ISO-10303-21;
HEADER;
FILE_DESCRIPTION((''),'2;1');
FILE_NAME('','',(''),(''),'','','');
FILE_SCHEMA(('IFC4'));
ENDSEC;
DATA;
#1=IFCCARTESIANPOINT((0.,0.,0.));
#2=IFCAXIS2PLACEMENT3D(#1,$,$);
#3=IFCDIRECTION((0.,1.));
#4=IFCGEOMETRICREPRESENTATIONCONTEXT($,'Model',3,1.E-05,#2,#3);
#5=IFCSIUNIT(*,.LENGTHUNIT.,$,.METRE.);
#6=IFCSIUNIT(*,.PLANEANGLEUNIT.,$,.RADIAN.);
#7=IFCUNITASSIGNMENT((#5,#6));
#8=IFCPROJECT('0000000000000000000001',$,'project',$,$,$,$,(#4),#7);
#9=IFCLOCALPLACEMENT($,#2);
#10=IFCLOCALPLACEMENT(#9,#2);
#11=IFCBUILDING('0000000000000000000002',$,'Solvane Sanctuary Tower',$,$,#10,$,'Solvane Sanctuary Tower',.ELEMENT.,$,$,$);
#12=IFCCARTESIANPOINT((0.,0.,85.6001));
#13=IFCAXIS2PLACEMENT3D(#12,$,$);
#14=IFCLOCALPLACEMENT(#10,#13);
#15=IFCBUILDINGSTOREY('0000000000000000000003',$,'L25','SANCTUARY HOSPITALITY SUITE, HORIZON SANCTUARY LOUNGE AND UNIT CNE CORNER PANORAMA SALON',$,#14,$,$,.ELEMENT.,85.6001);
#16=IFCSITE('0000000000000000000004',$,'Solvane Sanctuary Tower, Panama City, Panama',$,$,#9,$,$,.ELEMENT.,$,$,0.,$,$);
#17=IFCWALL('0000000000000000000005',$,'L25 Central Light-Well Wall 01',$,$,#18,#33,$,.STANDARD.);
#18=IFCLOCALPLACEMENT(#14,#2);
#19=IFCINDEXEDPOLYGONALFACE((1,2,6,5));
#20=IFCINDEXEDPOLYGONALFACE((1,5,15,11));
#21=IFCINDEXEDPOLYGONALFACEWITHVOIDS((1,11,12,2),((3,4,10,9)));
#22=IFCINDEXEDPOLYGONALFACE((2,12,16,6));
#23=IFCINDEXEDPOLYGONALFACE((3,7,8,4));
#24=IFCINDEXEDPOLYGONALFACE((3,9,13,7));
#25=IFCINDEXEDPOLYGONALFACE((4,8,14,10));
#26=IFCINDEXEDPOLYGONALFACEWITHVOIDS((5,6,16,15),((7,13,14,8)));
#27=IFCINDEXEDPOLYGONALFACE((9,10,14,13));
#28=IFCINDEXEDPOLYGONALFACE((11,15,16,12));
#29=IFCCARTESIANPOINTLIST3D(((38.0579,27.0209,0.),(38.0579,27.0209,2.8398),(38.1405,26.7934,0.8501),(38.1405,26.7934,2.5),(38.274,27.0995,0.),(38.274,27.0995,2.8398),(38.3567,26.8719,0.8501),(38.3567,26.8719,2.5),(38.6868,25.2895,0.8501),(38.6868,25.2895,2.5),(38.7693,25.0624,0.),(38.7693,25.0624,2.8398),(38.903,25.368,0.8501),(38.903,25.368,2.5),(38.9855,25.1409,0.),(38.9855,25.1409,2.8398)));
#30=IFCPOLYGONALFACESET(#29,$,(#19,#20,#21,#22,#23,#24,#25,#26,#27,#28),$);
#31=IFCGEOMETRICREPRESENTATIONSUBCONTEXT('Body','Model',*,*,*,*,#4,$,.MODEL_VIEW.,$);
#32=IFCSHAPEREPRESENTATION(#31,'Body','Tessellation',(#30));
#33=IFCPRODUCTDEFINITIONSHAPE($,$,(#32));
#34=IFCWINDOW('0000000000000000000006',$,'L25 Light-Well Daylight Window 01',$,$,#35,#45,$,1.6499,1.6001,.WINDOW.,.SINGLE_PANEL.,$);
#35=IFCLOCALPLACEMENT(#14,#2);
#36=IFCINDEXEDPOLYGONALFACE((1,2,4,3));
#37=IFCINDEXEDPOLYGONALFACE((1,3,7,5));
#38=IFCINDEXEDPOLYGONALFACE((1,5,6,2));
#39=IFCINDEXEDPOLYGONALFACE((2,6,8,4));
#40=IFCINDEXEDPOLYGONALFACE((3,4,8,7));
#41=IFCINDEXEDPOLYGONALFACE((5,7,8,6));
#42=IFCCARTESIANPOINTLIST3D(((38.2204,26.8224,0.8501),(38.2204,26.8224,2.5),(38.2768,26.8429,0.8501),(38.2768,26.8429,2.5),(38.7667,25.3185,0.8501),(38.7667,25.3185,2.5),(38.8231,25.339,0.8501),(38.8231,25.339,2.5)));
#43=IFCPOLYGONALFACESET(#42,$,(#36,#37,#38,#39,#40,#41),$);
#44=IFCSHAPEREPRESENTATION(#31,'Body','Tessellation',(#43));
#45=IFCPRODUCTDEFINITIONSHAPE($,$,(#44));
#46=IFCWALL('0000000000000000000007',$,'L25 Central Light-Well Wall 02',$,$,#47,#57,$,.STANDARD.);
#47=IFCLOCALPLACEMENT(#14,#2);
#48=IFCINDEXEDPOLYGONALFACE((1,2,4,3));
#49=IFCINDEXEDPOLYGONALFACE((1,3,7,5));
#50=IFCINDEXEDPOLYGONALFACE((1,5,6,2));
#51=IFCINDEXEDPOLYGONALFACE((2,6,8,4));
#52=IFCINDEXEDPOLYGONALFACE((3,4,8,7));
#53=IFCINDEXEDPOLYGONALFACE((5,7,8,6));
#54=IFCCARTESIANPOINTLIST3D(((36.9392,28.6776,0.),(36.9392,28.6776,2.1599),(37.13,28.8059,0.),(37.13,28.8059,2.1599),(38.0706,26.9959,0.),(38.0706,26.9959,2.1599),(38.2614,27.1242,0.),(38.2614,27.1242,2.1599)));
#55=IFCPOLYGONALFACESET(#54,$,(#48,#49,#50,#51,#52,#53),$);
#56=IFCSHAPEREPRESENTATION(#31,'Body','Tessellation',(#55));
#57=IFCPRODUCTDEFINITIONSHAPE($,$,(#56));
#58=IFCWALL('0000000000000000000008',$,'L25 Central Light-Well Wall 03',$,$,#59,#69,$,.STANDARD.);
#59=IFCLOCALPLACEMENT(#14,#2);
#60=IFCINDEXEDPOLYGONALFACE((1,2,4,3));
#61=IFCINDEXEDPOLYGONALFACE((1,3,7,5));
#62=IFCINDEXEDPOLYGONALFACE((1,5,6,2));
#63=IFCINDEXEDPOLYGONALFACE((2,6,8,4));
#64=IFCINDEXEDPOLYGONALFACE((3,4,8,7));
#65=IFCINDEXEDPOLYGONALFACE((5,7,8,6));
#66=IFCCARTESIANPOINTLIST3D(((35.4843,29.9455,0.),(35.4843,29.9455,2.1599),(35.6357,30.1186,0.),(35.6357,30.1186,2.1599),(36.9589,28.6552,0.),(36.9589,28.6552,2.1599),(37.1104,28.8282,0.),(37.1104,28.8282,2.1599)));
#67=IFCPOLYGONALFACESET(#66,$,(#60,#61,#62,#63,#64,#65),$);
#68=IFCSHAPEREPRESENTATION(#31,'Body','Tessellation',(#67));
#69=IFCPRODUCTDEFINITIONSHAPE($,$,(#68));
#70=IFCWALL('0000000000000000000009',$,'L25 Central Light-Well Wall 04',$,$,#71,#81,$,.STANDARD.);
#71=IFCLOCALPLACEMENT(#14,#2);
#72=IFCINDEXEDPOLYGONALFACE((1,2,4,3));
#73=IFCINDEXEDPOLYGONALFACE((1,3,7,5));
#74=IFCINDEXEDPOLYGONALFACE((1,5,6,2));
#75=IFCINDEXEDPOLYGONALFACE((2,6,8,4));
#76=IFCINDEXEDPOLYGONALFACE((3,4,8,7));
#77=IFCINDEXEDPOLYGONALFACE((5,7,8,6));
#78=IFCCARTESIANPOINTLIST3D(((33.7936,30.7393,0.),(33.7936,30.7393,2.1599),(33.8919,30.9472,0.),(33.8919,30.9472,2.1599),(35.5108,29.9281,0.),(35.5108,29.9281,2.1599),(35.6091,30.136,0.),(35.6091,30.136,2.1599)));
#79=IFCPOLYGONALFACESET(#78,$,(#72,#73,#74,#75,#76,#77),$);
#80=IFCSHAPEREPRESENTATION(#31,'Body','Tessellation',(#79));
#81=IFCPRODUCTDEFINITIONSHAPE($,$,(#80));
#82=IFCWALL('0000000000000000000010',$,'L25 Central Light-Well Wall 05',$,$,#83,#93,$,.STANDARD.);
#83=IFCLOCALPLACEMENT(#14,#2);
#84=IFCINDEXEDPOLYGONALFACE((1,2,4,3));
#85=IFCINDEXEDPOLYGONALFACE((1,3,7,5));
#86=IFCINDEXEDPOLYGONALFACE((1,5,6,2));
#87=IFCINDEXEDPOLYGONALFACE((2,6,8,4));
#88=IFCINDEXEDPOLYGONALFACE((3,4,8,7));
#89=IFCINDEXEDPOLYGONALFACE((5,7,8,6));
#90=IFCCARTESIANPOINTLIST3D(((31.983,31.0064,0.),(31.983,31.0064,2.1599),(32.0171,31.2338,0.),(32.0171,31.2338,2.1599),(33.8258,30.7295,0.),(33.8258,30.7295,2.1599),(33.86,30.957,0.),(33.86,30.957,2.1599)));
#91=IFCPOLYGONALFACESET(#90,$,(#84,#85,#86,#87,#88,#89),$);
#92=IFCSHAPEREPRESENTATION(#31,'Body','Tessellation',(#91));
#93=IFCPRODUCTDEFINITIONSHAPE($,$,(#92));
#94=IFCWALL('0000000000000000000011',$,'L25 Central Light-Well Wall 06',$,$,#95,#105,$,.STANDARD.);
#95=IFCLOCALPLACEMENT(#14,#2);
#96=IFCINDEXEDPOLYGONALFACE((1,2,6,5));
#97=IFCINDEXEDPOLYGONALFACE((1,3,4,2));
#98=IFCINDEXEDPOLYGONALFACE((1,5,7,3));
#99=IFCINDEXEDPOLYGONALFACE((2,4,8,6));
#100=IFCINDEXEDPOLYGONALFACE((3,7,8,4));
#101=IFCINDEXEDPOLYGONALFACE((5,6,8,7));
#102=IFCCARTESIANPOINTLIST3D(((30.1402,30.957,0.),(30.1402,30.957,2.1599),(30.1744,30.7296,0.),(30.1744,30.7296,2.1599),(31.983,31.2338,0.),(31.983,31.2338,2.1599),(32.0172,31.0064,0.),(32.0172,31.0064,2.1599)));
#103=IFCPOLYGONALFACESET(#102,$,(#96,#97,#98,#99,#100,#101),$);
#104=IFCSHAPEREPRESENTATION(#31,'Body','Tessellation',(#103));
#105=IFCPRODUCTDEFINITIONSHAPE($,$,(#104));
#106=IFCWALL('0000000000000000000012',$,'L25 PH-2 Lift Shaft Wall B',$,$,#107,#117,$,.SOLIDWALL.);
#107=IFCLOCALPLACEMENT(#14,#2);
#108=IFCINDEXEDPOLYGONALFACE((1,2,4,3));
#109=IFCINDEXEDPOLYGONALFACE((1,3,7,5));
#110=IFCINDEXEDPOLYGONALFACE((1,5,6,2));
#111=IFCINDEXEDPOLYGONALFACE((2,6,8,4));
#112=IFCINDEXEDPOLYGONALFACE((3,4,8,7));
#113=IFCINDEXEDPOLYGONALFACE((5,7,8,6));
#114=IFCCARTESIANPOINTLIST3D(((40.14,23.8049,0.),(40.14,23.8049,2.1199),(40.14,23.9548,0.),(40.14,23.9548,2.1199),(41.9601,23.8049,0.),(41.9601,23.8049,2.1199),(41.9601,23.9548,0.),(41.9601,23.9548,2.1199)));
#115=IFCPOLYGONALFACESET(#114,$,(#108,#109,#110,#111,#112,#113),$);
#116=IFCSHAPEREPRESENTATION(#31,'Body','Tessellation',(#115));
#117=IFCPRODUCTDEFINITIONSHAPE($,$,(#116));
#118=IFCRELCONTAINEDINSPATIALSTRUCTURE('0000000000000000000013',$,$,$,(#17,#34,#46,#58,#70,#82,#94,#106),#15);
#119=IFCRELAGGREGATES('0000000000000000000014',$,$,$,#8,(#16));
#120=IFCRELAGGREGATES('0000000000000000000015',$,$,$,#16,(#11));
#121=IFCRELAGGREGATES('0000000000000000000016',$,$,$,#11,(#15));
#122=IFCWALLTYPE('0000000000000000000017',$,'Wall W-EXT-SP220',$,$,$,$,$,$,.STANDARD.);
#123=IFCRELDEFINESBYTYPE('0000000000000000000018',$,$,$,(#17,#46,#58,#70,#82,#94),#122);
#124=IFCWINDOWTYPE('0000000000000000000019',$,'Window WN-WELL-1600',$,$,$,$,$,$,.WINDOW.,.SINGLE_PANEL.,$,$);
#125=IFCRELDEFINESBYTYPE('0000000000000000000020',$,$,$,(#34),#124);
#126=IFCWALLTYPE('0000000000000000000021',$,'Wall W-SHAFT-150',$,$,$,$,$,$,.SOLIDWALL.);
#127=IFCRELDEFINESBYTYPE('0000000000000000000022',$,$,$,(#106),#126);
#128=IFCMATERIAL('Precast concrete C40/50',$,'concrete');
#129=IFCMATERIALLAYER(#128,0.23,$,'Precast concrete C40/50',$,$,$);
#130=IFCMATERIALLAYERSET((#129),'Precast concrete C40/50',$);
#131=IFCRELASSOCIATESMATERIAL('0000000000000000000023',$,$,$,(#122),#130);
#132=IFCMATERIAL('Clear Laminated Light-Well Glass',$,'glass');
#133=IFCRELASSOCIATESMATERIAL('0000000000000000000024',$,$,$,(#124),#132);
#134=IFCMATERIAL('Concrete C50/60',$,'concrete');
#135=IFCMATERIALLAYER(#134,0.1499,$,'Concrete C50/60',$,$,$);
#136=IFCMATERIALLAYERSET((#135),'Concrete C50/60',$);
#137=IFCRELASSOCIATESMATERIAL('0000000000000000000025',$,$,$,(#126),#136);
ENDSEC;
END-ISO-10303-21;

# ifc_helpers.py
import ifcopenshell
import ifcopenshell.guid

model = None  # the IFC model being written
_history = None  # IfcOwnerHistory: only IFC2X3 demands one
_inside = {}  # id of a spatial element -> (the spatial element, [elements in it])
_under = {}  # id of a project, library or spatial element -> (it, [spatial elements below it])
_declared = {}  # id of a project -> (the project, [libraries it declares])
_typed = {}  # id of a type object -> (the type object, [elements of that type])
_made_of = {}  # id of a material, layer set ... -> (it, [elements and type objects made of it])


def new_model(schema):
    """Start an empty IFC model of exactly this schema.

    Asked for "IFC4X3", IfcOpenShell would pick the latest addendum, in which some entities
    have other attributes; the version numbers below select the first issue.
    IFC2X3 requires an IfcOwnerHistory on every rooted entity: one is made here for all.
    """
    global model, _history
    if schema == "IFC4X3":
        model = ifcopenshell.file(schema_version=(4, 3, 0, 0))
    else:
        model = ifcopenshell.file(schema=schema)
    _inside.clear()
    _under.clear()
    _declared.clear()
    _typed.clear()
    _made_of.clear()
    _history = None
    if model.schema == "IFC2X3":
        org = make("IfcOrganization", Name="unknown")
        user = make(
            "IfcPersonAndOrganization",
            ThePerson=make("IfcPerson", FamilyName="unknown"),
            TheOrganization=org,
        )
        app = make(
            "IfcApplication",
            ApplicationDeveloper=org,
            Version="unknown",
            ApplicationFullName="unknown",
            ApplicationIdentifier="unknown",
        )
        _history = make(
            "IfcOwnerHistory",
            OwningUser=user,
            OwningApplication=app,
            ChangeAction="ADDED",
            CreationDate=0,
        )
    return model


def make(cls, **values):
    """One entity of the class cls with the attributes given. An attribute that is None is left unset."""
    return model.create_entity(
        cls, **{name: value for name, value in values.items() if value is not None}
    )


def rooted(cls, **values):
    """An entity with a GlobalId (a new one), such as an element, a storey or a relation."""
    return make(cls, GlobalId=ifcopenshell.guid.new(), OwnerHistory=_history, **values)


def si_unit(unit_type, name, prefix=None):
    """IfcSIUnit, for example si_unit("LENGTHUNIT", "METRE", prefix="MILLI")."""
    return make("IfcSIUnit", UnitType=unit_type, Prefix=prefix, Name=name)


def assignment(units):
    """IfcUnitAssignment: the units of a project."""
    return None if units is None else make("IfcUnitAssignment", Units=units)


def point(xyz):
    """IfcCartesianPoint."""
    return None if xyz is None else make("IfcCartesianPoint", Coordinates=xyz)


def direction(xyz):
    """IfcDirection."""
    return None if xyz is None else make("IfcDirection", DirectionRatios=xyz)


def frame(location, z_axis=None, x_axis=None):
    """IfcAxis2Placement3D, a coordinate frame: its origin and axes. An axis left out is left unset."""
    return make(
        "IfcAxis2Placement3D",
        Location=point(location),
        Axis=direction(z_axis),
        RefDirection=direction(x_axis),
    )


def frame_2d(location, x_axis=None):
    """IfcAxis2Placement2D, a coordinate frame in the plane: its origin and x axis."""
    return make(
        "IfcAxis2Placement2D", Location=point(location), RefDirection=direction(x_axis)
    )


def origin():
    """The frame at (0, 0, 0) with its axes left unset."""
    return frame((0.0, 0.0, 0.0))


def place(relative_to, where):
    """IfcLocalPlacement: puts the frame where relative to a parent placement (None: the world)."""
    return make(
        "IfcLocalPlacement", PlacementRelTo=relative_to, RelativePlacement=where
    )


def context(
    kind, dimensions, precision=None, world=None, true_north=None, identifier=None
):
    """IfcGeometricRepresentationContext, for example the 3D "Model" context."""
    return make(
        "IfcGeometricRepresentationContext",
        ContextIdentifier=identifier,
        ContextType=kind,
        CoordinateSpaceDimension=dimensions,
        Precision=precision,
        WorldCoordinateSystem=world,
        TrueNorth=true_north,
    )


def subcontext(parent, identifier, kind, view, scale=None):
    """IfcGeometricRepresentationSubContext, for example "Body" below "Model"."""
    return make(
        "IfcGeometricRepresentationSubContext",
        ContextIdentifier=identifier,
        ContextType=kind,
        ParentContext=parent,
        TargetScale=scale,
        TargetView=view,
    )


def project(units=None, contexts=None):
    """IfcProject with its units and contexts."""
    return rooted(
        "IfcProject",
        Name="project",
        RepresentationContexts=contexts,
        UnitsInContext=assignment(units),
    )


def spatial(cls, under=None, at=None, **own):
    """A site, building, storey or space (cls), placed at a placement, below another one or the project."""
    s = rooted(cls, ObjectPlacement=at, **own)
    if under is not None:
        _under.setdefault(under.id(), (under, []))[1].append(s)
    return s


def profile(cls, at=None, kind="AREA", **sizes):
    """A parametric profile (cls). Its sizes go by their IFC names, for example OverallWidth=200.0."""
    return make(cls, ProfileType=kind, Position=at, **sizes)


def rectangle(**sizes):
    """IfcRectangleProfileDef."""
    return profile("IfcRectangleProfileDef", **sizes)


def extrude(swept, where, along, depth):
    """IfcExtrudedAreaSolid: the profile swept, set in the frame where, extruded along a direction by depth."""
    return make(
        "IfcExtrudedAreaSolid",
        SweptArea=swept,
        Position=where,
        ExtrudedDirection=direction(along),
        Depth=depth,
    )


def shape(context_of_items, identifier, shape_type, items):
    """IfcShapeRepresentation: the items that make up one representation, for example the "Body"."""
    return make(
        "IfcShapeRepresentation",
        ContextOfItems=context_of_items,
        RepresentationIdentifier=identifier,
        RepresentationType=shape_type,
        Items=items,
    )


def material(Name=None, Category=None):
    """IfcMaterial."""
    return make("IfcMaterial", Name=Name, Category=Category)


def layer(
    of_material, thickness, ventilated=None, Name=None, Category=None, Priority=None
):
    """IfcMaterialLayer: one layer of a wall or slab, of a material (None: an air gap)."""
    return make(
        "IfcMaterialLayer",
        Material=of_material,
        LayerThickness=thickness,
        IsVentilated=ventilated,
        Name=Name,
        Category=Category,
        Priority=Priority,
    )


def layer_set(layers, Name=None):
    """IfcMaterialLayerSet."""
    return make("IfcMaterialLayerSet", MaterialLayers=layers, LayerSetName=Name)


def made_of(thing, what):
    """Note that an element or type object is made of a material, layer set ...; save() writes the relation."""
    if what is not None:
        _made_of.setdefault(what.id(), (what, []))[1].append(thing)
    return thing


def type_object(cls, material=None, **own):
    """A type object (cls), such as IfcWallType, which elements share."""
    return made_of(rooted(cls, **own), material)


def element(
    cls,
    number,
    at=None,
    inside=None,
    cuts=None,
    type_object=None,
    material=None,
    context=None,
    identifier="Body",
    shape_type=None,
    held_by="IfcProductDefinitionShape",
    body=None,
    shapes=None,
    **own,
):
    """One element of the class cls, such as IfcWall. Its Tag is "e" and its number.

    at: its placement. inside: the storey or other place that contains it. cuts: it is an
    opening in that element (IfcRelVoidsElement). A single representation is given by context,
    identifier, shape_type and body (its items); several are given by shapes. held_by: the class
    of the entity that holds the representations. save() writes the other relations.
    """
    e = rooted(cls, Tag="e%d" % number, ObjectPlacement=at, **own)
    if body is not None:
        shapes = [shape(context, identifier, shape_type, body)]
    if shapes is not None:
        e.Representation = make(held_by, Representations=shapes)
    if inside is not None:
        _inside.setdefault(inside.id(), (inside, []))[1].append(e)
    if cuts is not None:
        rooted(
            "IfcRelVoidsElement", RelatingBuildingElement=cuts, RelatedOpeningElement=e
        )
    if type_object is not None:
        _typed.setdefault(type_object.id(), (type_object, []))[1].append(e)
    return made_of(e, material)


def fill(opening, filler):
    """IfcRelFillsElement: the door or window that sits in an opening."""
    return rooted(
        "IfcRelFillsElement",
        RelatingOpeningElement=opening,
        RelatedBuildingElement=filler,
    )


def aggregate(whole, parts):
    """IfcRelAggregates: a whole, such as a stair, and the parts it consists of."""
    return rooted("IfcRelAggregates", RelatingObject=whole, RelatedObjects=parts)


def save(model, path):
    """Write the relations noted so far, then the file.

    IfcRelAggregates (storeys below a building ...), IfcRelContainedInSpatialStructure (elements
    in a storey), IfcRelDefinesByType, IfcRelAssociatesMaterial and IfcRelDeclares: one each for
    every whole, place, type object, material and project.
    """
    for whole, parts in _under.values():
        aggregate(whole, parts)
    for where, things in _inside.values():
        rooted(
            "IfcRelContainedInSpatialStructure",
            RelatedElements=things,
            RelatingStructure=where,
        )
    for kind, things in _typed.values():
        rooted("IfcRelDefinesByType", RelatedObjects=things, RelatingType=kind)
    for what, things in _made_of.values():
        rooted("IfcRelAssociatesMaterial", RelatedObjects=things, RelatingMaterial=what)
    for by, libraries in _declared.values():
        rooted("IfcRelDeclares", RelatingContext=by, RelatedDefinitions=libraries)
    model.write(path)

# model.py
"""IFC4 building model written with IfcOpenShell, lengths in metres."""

from ifc_helpers import new_model, si_unit, direction, frame, frame_2d, origin, place, context, subcontext, project, spatial, rectangle, extrude, material, layer, layer_set, type_object, element, fill, save


model = new_model("IFC4")

# Units and contexts
model_context = context("Model", 3, precision=1e-05, world=origin(), true_north=direction((0.0, 1.0)))
body_context = subcontext(model_context, "Body", "Model", "MODEL_VIEW")
ifc_project = project(units=[si_unit("LENGTHUNIT", "METRE"), si_unit("PLANEANGLEUNIT", "RADIAN")], contexts=[model_context])

# Site, building, storey
site_placement = place(None, origin())
site = spatial("IfcSite", under=ifc_project, at=site_placement, Name="Solvane Sanctuary Tower, Panama City, Panama", CompositionType="ELEMENT", RefElevation=0.0)
building_placement = place(site_placement, origin())
building = spatial("IfcBuilding", under=site, at=building_placement, Name="Solvane Sanctuary Tower", LongName="Solvane Sanctuary Tower", CompositionType="ELEMENT")
storey_placement = place(building_placement, frame((0.0, 0.0, 85.6001)))
storey = spatial("IfcBuildingStorey", under=building, at=storey_placement, Name="L25", Description="SANCTUARY HOSPITALITY SUITE, HORIZON SANCTUARY LOUNGE AND UNIT CNE CORNER PANORAMA SALON", CompositionType="ELEMENT", Elevation=85.6001)

# Shared definitions
ifc_material_1 = material(Name="Precast concrete C40/50", Category="concrete")
ifc_layer_1 = layer(ifc_material_1, 0.23, Name="Precast concrete C40/50")
ifc_layer_set_1 = layer_set([ifc_layer_1], Name="Precast concrete C40/50")
wall_type_1 = type_object("IfcWallType", Name="Wall W-EXT-SP220", PredefinedType="STANDARD", material=ifc_layer_set_1)

# Wall, opening, window
wall_1_placement = place(storey_placement, frame((38.8774, 25.1016, 0.0), z_axis=(0.0, 0.0, 1.0), x_axis=(-0.341423, 0.93991, 0.0)))
wall_1 = element("IfcWall", 1, at=wall_1_placement, inside=storey, type_object=wall_type_1, Name="L25 Central Light-Well Wall 01", PredefinedType="STANDARD", context=body_context, shape_type="SweptSolid", body=[
    extrude(rectangle(XDim=2.0837, YDim=0.23, at=frame_2d((1.042, 0.0))), origin(), (0.0, 0.0, 1.0), 2.8398),
])
opening_1_placement = place(wall_1_placement, frame((0.2417, 0.0, 0.8501)))
opening_1 = element("IfcOpeningElement", 2, at=opening_1_placement, cuts=wall_1, PredefinedType="OPENING", context=body_context, shape_type="SweptSolid", body=[
    extrude(rectangle(XDim=1.6001, YDim=1.6499, at=frame_2d((0.8, 0.825))), frame((0.0, 0.125, 0.0), z_axis=(0.0, -1.0, 0.0), x_axis=(1.0, 0.0, 0.0)), (0.0, 0.0, 1.0), 0.25),
])
ifc_material_2 = material(Name="Clear Laminated Light-Well Glass", Category="glass")
window_type = type_object("IfcWindowType", Name="Window WN-WELL-1600", PartitioningType="SINGLE_PANEL", PredefinedType="WINDOW", material=ifc_material_2)
window_placement = place(opening_1_placement, origin())
window = element("IfcWindow", 3, at=window_placement, inside=storey, type_object=window_type, Name="L25 Light-Well Daylight Window 01", OverallHeight=1.6499, OverallWidth=1.6001, PartitioningType="SINGLE_PANEL", PredefinedType="WINDOW", context=body_context, shape_type="SweptSolid", body=[
    extrude(rectangle(XDim=1.6001, YDim=1.6499, at=frame_2d((0.8, 0.825))), frame((0.0, 0.03, 0.0), z_axis=(0.0, -1.0, 0.0), x_axis=(1.0, 0.0, 0.0)), (0.0, 0.0, 1.0), 0.0601),
])
fill(opening_1, window)

# Walls
wall_2_placement = place(storey_placement, frame((38.166, 27.0601, 0.0), z_axis=(0.0, 0.0, 1.0), x_axis=(-0.558198, 0.829708, 0.0)))
element("IfcWall", 4, at=wall_2_placement, inside=storey, type_object=wall_type_1, Name="L25 Central Light-Well Wall 02", PredefinedType="STANDARD", context=body_context, shape_type="SweptSolid", body=[
    extrude(rectangle(XDim=2.0269, YDim=0.23, at=frame_2d((1.0134, 0.0))), origin(), (0.0, 0.0, 1.0), 2.1599),
])
wall_3_placement = place(storey_placement, frame((37.0347, 28.7417, 0.0), z_axis=(0.0, 0.0, 1.0), x_axis=(-0.752577, 0.658505, 0.0)))
element("IfcWall", 5, at=wall_3_placement, inside=storey, type_object=wall_type_1, Name="L25 Central Light-Well Wall 03", PredefinedType="STANDARD", context=body_context, shape_type="SweptSolid", body=[
    extrude(rectangle(XDim=1.9595, YDim=0.23, at=frame_2d((0.9797, 0.0))), origin(), (0.0, 0.0, 1.0), 2.1599),
])
wall_4_placement = place(storey_placement, frame((35.5601, 30.032, 0.0), z_axis=(0.0, 0.0, 1.0), x_axis=(-0.90418, 0.427152, 0.0)))
element("IfcWall", 6, at=wall_4_placement, inside=storey, type_object=wall_type_1, Name="L25 Central Light-Well Wall 04", PredefinedType="STANDARD", context=body_context, shape_type="SweptSolid", body=[
    extrude(rectangle(XDim=1.8992, YDim=0.23, at=frame_2d((0.9497, 0.0))), origin(), (0.0, 0.0, 1.0), 2.1599),
])
for number, where, z_axis, x_axis, name in (
    (7, (33.8428, 30.8433, 0.0), (0.0, 0.0, 1.0), (-0.988902, 0.148571, 0.0), "L25 Central Light-Well Wall 05"),
    (8, (32.0, 31.1201, 0.0), (0.0, 0.0, 1.0), (-0.988902, -0.148571, 0.0), "L25 Central Light-Well Wall 06"),
):
    element("IfcWall", number, at=place(storey_placement, frame(where, z_axis=z_axis, x_axis=x_axis)), inside=storey, type_object=wall_type_1, Name=name, PredefinedType="STANDARD", context=body_context, shape_type="SweptSolid", body=[
        extrude(rectangle(XDim=1.8635, YDim=0.23, at=frame_2d((0.9316, 0.0))), origin(), (0.0, 0.0, 1.0), 2.1599),
    ])
ifc_material_3 = material(Name="Concrete C50/60", Category="concrete")
ifc_layer_2 = layer(ifc_material_3, 0.1499, Name="Concrete C50/60")
ifc_layer_set_2 = layer_set([ifc_layer_2], Name="Concrete C50/60")
wall_type_2 = type_object("IfcWallType", Name="Wall W-SHAFT-150", PredefinedType="SOLIDWALL", material=ifc_layer_set_2)
wall_5_placement = place(storey_placement, frame((40.1399, 23.8799, 0.0), z_axis=(0.0, 0.0, 1.0), x_axis=(1.0, 0.0, 0.0)))
element("IfcWall", 9, at=wall_5_placement, inside=storey, type_object=wall_type_2, Name="L25 PH-2 Lift Shaft Wall B", PredefinedType="SOLIDWALL", context=body_context, shape_type="SweptSolid", body=[
    extrude(rectangle(XDim=1.8201, YDim=0.1499, at=frame_2d((0.9102, 0.0))), origin(), (0.0, 0.0, 1.0), 2.1199),
])

save(model, "model.ifc")
